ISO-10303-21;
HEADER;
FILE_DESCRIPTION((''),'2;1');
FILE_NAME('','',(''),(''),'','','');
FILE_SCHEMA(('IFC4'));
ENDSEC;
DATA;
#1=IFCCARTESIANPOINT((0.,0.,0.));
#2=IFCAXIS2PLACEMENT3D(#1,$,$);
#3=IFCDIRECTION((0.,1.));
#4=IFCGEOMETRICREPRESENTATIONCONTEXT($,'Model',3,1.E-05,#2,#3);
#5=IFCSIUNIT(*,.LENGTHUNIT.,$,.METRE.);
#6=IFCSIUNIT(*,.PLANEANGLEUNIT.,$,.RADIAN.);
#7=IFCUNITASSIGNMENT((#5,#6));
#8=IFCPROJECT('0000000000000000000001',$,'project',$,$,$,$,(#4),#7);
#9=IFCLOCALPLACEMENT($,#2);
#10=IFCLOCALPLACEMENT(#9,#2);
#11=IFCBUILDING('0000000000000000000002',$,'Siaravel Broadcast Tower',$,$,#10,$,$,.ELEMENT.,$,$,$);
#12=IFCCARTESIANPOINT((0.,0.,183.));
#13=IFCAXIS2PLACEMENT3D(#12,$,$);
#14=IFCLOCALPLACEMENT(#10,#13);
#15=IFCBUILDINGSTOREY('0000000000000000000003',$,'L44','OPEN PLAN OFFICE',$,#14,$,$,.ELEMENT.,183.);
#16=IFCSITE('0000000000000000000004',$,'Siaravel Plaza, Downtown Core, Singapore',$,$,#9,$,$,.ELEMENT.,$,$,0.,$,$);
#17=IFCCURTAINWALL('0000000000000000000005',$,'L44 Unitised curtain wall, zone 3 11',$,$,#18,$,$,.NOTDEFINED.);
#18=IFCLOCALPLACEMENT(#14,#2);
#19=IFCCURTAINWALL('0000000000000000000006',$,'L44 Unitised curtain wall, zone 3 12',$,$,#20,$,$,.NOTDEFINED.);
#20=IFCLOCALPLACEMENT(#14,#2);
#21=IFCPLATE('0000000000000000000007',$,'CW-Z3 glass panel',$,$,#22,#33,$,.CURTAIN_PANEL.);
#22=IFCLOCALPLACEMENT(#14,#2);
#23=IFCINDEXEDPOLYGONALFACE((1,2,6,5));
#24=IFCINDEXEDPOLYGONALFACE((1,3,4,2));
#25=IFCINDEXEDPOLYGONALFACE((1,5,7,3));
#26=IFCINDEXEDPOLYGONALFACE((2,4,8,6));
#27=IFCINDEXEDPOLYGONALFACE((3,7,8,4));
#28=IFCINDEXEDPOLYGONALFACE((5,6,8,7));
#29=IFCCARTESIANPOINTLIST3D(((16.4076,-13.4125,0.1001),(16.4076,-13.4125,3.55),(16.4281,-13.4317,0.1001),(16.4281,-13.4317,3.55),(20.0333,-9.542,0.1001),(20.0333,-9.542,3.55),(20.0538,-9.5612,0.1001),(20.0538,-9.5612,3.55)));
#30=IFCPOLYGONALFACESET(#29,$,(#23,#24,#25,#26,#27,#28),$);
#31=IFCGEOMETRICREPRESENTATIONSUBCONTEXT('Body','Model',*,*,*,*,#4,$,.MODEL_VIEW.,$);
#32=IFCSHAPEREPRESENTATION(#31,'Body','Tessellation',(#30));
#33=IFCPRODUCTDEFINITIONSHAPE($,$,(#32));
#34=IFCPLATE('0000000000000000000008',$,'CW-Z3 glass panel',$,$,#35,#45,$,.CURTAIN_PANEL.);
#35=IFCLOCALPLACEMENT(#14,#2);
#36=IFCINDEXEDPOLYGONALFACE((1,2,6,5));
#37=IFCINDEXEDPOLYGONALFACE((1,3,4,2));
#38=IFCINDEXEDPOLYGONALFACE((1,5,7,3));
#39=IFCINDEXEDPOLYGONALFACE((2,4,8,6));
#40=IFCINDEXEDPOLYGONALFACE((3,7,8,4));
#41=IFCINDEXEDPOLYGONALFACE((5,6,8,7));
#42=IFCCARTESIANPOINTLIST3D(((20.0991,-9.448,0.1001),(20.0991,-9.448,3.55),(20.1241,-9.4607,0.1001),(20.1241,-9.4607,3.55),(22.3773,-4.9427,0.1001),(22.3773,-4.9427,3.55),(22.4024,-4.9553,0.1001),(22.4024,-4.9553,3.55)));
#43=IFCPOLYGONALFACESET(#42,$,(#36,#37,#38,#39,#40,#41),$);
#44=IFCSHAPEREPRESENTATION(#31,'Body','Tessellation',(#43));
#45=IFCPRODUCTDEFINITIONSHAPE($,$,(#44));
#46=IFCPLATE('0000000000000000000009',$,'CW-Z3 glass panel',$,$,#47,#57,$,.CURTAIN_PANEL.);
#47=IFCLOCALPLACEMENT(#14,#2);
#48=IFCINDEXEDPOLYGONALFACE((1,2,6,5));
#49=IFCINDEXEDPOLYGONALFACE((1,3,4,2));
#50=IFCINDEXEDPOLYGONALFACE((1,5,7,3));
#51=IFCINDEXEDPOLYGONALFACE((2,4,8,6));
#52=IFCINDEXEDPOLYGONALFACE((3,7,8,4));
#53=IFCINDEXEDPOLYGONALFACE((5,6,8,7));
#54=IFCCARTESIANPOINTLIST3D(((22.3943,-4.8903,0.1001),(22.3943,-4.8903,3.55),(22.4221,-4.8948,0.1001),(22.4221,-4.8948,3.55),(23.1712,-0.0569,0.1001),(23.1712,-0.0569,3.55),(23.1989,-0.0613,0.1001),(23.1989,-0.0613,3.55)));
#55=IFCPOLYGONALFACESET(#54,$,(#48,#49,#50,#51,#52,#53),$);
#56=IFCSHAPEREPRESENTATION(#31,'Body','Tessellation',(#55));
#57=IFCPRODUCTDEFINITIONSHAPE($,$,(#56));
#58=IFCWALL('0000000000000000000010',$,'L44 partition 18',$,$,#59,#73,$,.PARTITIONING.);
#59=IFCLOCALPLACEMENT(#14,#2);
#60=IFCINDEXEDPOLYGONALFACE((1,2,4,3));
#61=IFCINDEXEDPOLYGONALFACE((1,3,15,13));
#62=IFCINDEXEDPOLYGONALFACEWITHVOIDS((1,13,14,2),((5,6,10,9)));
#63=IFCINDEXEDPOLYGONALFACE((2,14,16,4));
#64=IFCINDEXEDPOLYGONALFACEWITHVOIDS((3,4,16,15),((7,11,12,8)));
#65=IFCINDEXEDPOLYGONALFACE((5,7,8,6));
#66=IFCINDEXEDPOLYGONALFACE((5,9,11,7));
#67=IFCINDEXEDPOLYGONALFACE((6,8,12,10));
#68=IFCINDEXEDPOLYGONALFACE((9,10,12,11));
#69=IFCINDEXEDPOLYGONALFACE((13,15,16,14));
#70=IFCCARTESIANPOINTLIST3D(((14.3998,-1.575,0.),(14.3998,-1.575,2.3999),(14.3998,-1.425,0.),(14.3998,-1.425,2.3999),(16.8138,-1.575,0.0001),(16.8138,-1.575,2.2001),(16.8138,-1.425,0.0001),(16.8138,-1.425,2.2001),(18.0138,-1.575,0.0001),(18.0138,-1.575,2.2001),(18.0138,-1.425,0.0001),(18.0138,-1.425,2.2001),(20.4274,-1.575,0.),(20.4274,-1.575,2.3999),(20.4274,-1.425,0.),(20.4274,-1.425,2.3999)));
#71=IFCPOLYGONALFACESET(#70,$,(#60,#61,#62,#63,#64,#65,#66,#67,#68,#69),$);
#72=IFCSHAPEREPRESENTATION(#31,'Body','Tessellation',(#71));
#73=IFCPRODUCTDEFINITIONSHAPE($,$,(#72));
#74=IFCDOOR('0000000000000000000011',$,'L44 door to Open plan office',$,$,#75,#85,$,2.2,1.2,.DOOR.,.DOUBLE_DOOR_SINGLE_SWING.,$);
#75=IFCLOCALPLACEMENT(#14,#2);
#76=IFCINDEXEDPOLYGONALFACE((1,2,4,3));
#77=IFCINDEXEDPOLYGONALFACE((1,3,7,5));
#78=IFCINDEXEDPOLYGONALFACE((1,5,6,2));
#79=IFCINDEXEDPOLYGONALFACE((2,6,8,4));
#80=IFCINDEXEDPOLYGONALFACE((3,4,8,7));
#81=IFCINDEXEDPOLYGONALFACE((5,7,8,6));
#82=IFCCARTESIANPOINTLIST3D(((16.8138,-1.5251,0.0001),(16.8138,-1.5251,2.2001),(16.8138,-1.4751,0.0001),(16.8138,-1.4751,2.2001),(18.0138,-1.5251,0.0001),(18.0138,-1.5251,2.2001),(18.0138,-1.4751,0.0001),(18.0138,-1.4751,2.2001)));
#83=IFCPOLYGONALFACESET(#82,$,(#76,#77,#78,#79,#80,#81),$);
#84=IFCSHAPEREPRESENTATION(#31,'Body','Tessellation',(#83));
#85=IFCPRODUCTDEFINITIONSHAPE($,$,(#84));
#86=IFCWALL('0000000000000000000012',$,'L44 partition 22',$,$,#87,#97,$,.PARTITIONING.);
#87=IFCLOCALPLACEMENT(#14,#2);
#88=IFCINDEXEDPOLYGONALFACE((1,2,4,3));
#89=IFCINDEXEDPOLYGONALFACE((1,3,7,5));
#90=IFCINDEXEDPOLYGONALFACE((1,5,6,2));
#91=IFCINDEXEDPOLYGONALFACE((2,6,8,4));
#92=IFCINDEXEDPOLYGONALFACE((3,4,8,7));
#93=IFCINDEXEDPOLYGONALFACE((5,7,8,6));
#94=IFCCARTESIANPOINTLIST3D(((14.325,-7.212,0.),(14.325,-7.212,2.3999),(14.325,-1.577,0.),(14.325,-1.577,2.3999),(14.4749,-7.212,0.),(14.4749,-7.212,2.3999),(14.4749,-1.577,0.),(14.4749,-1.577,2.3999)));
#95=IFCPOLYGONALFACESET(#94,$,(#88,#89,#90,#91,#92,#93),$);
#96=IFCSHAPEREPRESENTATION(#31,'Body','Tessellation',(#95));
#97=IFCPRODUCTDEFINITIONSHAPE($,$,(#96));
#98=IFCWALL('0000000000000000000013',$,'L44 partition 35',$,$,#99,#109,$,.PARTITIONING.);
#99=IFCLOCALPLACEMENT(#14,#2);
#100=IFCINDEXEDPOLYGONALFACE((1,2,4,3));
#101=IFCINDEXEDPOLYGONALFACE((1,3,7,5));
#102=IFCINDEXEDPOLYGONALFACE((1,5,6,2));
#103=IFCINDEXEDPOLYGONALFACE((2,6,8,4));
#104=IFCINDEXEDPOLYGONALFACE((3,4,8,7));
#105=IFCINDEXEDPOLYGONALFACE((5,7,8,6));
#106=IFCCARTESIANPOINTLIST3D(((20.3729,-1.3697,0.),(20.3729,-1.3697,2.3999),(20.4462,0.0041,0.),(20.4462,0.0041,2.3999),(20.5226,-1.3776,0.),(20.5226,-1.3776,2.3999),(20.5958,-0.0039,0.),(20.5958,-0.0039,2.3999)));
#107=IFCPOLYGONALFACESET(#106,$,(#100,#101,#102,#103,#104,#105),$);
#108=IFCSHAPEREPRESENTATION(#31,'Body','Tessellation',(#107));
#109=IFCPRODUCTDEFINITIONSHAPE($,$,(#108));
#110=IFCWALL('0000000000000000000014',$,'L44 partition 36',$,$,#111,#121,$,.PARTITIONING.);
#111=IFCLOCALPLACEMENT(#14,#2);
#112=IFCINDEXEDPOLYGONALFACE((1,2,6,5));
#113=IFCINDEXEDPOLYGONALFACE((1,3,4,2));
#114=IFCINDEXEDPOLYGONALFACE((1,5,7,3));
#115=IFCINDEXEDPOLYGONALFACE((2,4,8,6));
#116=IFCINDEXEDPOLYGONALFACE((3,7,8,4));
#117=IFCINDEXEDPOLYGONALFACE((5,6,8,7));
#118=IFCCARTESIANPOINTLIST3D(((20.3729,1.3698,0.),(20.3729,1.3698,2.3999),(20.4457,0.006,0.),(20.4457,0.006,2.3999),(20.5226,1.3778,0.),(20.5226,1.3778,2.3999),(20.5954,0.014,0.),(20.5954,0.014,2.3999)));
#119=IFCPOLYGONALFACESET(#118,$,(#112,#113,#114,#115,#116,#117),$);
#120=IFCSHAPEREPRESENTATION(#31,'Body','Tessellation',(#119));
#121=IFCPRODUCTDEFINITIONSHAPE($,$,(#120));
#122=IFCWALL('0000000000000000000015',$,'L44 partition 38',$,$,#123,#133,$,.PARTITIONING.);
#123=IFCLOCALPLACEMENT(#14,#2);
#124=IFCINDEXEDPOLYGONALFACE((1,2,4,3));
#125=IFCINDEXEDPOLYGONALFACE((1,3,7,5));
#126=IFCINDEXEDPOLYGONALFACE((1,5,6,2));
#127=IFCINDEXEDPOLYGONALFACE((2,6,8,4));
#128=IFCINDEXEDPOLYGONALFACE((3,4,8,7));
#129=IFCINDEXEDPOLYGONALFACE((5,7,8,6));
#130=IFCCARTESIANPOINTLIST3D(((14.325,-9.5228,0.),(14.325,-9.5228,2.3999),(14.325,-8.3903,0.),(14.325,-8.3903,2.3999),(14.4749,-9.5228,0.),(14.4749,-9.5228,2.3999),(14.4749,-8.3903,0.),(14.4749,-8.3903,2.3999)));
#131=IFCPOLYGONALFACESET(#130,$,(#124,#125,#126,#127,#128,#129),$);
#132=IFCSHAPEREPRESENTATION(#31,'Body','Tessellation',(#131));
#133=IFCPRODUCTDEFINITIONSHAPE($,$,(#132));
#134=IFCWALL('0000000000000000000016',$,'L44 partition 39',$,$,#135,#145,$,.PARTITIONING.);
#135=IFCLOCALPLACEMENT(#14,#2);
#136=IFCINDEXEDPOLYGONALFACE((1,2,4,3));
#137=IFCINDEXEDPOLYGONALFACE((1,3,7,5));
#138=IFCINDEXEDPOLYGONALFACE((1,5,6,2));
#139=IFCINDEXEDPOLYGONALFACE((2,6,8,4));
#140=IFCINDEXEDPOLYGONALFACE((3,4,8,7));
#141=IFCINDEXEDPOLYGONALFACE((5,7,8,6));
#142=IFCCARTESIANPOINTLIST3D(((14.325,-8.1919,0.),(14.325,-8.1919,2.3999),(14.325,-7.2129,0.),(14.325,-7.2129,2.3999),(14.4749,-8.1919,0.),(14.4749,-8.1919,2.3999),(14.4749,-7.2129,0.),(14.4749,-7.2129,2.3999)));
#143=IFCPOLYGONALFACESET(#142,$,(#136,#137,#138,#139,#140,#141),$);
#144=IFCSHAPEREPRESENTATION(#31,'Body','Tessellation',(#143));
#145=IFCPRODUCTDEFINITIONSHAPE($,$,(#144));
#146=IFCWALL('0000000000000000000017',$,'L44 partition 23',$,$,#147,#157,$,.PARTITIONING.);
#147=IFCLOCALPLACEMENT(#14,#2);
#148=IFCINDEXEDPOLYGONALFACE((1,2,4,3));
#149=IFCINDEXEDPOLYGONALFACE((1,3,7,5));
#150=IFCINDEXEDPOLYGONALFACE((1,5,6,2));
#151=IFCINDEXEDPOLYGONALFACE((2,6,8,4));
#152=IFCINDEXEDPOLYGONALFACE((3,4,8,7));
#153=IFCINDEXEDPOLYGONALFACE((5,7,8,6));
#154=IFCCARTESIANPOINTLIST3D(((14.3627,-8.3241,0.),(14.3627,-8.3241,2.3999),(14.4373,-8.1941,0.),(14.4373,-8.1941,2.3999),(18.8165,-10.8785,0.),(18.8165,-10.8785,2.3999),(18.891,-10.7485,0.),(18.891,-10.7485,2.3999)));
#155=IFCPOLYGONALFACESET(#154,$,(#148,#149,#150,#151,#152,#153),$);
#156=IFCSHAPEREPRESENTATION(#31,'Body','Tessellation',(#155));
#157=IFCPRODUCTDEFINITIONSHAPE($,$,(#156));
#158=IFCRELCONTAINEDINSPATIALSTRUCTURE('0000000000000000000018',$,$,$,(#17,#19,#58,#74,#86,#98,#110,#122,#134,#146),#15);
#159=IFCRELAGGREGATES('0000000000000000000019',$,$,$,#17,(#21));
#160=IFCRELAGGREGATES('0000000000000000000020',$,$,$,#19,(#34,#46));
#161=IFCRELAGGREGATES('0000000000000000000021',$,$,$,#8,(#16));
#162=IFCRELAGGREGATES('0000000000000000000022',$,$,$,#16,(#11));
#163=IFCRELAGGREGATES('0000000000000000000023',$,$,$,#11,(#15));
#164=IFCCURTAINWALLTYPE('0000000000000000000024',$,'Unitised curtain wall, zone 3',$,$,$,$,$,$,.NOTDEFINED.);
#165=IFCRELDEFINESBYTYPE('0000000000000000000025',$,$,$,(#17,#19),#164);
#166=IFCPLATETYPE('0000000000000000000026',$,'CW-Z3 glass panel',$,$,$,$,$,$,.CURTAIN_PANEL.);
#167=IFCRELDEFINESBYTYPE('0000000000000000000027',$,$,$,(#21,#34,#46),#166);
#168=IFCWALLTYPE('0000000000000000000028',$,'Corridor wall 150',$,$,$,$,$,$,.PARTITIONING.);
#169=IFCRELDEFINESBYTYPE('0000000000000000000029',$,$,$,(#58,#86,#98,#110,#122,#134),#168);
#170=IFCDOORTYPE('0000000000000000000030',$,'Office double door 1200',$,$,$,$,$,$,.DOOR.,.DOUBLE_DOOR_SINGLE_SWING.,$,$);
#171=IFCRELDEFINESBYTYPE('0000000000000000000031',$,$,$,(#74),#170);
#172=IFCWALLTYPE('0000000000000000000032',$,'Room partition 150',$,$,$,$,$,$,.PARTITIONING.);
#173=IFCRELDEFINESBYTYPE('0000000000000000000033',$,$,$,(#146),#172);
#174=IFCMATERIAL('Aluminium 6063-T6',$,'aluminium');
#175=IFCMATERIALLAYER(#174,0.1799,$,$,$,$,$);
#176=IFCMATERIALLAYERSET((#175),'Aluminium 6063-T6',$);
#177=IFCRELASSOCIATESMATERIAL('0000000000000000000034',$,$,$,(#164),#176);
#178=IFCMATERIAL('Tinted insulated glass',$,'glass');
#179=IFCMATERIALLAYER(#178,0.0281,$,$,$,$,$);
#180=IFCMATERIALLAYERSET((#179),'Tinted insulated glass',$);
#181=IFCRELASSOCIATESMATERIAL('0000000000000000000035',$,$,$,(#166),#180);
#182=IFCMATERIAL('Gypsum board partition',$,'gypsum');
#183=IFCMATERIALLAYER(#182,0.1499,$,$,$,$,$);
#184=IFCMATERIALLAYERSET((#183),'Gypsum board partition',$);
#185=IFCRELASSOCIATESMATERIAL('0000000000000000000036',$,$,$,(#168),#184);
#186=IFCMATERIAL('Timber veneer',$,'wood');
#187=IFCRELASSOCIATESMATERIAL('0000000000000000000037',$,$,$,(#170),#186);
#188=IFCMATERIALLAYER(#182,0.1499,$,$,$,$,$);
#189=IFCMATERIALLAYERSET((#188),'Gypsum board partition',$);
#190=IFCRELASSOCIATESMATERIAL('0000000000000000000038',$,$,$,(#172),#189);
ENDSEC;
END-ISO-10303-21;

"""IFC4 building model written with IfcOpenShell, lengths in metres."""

from ifc_helpers import new_model, si_unit, direction, frame, frame_2d, origin, origin_2d, place, context, subcontext, project, spatial, rectangle, extrude, material, layer, layer_set, type_object, element, fill, aggregate, save


model = new_model("IFC4")

# Units and contexts
model_context = context("Model", 3, precision=1e-05, world=origin(), true_north=direction((0.0, 1.0)))
body_context = subcontext(model_context, "Body", "Model", "MODEL_VIEW")
ifc_project = project(units=[si_unit("LENGTHUNIT", "METRE"), si_unit("PLANEANGLEUNIT", "RADIAN")], contexts=[model_context])

# Site, building, storey
site_placement = place(None, origin())
site = spatial("IfcSite", under=ifc_project, at=site_placement, Name="Siaravel Plaza, Downtown Core, Singapore", CompositionType="ELEMENT", RefElevation=0.0)
building_placement = place(site_placement, origin())
building = spatial("IfcBuilding", under=site, at=building_placement, Name="Siaravel Broadcast Tower", CompositionType="ELEMENT")
storey_placement = place(building_placement, frame((0.0, 0.0, 183.0)))
storey = spatial("IfcBuildingStorey", under=building, at=storey_placement, Name="L44", Description="OPEN PLAN OFFICE", CompositionType="ELEMENT", Elevation=183.0)

# Shared definitions
ifc_material_1 = material(Name="Aluminium 6063-T6", Category="aluminium")
ifc_layer_1 = layer(ifc_material_1, 0.1799)
ifc_layer_set_1 = layer_set([ifc_layer_1], Name="Aluminium 6063-T6")
curtain_wall_type = type_object("IfcCurtainWallType", Name="Unitised curtain wall, zone 3", PredefinedType="NOTDEFINED", material=ifc_layer_set_1)

# Curtain walls
curtain_wall_1_placement = place(storey_placement, origin())
curtain_wall_1 = element("IfcCurtainWall", 1, at=curtain_wall_1_placement, inside=storey, type_object=curtain_wall_type, Name="L44 Unitised curtain wall, zone 3 11", PredefinedType="NOTDEFINED")
curtain_wall_2_placement = place(storey_placement, origin())
curtain_wall_2 = element("IfcCurtainWall", 2, at=curtain_wall_2_placement, inside=storey, type_object=curtain_wall_type, Name="L44 Unitised curtain wall, zone 3 12", PredefinedType="NOTDEFINED")

# Plates
ifc_material_2 = material(Name="Tinted insulated glass", Category="glass")
ifc_layer_2 = layer(ifc_material_2, 0.0281)
ifc_layer_set_2 = layer_set([ifc_layer_2], Name="Tinted insulated glass")
plate_type = type_object("IfcPlateType", Name="CW-Z3 glass panel", PredefinedType="CURTAIN_PANEL", material=ifc_layer_set_2)
plate_1_placement = place(storey_placement, frame((18.2307, -11.4868, 0.1001), z_axis=(0.0, 0.0, 1.0), x_axis=(0.683655, 0.729805, 0.0)))
plate_1 = element("IfcPlate", 3, at=plate_1_placement, type_object=plate_type, Name="CW-Z3 glass panel", PredefinedType="CURTAIN_PANEL", context=body_context, shape_type="SweptSolid", body=[
    extrude(rectangle(XDim=5.3035, YDim=0.0281, at=origin_2d()), origin(), (0.0, 0.0, 1.0), 3.45),
])
aggregate(curtain_wall_1, [plate_1])
plate_2_placement = place(storey_placement, frame((21.2507, -7.2017, 0.1001), z_axis=(0.0, 0.0, 1.0), x_axis=(0.451261, 0.892392, 0.0)))
plate_2 = element("IfcPlate", 4, at=plate_2_placement, type_object=plate_type, Name="CW-Z3 glass panel", PredefinedType="CURTAIN_PANEL", context=body_context, shape_type="SweptSolid", body=[
    extrude(rectangle(XDim=5.0486, YDim=0.0281, at=origin_2d()), origin(), (0.0, 0.0, 1.0), 3.45),
])
plate_3_placement = place(storey_placement, frame((22.7966, -2.4758, 0.1001), z_axis=(0.0, 0.0, 1.0), x_axis=(0.158686, 0.987329, 0.0)))
plate_3 = element("IfcPlate", 5, at=plate_3_placement, type_object=plate_type, Name="CW-Z3 glass panel", PredefinedType="CURTAIN_PANEL", context=body_context, shape_type="SweptSolid", body=[
    extrude(rectangle(XDim=4.8955, YDim=0.0281, at=origin_2d()), origin(), (0.0, 0.0, 1.0), 3.45),
])
aggregate(curtain_wall_2, [plate_2, plate_3])

# Wall, opening, door
ifc_material_3 = material(Name="Gypsum board partition", Category="gypsum")
ifc_layer_3 = layer(ifc_material_3, 0.1499)
ifc_layer_set_3 = layer_set([ifc_layer_3], Name="Gypsum board partition")
wall_type_1 = type_object("IfcWallType", Name="Corridor wall 150", PredefinedType="PARTITIONING", material=ifc_layer_set_3)
wall_1_placement = place(storey_placement, frame((14.3999, -1.5, 0.0), z_axis=(0.0, 0.0, 1.0), x_axis=(1.0, 0.0, 0.0)))
wall_1 = element("IfcWall", 6, at=wall_1_placement, inside=storey, type_object=wall_type_1, Name="L44 partition 18", PredefinedType="PARTITIONING", context=body_context, shape_type="SweptSolid", body=[
    extrude(rectangle(XDim=6.0276, YDim=0.1499, at=frame_2d((3.0137, 0.0))), origin(), (0.0, 0.0, 1.0), 2.3999),
])
opening_placement = place(wall_1_placement, frame((2.4138, 0.0, 0.0)))
opening = element("IfcOpeningElement", 7, at=opening_placement, cuts=wall_1, PredefinedType="OPENING", context=body_context, shape_type="SweptSolid", body=[
    extrude(rectangle(XDim=1.2, YDim=2.2, at=frame_2d((0.6001, 1.1001))), frame((0.0, 0.085, 0.0), z_axis=(0.0, -1.0, 0.0), x_axis=(1.0, 0.0, 0.0)), (0.0, 0.0, 1.0), 0.1699),
])
ifc_material_4 = material(Name="Timber veneer", Category="wood")
door_type = type_object("IfcDoorType", Name="Office double door 1200", OperationType="DOUBLE_DOOR_SINGLE_SWING", PredefinedType="DOOR", material=ifc_material_4)
door_placement = place(opening_placement, origin())
door = element("IfcDoor", 8, at=door_placement, inside=storey, type_object=door_type, Name="L44 door to Open plan office", OperationType="DOUBLE_DOOR_SINGLE_SWING", OverallHeight=2.2, OverallWidth=1.2, PredefinedType="DOOR", context=body_context, shape_type="SweptSolid", body=[
    extrude(rectangle(XDim=1.2, YDim=2.2, at=frame_2d((0.6001, 1.1001))), frame((0.0, 0.0249, 0.0), z_axis=(0.0, -1.0, 0.0), x_axis=(1.0, 0.0, 0.0)), (0.0, 0.0, 1.0), 0.05),
])
fill(opening, door)

# Walls
wall_2_placement = place(storey_placement, frame((14.3999, -7.2119, 0.0), z_axis=(0.0, 0.0, 1.0), x_axis=(0.0, 1.0, 0.0)))
element("IfcWall", 9, at=wall_2_placement, inside=storey, type_object=wall_type_1, Name="L44 partition 22", PredefinedType="PARTITIONING", context=body_context, shape_type="SweptSolid", body=[
    extrude(rectangle(XDim=5.635, YDim=0.1499, at=frame_2d((2.8174, 0.0))), origin(), (0.0, 0.0, 1.0), 2.3999),
])
wall_3_placement = place(storey_placement, frame((20.4478, -1.3738, 0.0), z_axis=(0.0, 0.0, 1.0), x_axis=(0.053239, 0.998582, 0.0)))
element("IfcWall", 10, at=wall_3_placement, inside=storey, type_object=wall_type_1, Name="L44 partition 35", PredefinedType="PARTITIONING", context=body_context, shape_type="SweptSolid", body=[
    extrude(rectangle(XDim=1.3757, YDim=0.1499, at=frame_2d((0.688, 0.0))), origin(), (0.0, 0.0, 1.0), 2.3999),
])
wall_4_placement = place(storey_placement, frame((20.5205, 0.01, 0.0), z_axis=(0.0, 0.0, 1.0), x_axis=(-0.053272, 0.99858, 0.0)))
element("IfcWall", 11, at=wall_4_placement, inside=storey, type_object=wall_type_1, Name="L44 partition 36", PredefinedType="PARTITIONING", context=body_context, shape_type="SweptSolid", body=[
    extrude(rectangle(XDim=1.3657, YDim=0.1499, at=frame_2d((0.6829, 0.0))), origin(), (0.0, 0.0, 1.0), 2.3999),
])
wall_5_placement = place(storey_placement, frame((14.3999, -9.5229, 0.0), z_axis=(0.0, 0.0, 1.0), x_axis=(0.0, 1.0, 0.0)))
element("IfcWall", 12, at=wall_5_placement, inside=storey, type_object=wall_type_1, Name="L44 partition 38", PredefinedType="PARTITIONING", context=body_context, shape_type="SweptSolid", body=[
    extrude(rectangle(XDim=1.1326, YDim=0.1499, at=frame_2d((0.5664, 0.0))), origin(), (0.0, 0.0, 1.0), 2.3999),
])
wall_6_placement = place(storey_placement, frame((14.3999, -8.1919, 0.0), z_axis=(0.0, 0.0, 1.0), x_axis=(0.0, 1.0, 0.0)))
element("IfcWall", 13, at=wall_6_placement, inside=storey, type_object=wall_type_1, Name="L44 partition 39", PredefinedType="PARTITIONING", context=body_context, shape_type="SweptSolid", body=[
    extrude(rectangle(XDim=0.979, YDim=0.1499, at=frame_2d((0.4895, 0.0))), origin(), (0.0, 0.0, 1.0), 2.3999),
])
ifc_layer_4 = layer(ifc_material_3, 0.1499)
ifc_layer_set_4 = layer_set([ifc_layer_4], Name="Gypsum board partition")
wall_type_2 = type_object("IfcWallType", Name="Room partition 150", PredefinedType="PARTITIONING", material=ifc_layer_set_4)
wall_7_placement = place(storey_placement, frame((18.8538, -10.8135, 0.0), z_axis=(0.0, 0.0, 1.0), x_axis=(-0.867455, 0.497516, 0.0)))
element("IfcWall", 14, at=wall_7_placement, inside=storey, type_object=wall_type_2, Name="L44 partition 23", PredefinedType="PARTITIONING", context=body_context, shape_type="SweptSolid", body=[
    extrude(rectangle(XDim=5.1343, YDim=0.1499, at=frame_2d((2.5671, 0.0))), origin(), (0.0, 0.0, 1.0), 2.3999),
])

save(model, "model.ifc")
